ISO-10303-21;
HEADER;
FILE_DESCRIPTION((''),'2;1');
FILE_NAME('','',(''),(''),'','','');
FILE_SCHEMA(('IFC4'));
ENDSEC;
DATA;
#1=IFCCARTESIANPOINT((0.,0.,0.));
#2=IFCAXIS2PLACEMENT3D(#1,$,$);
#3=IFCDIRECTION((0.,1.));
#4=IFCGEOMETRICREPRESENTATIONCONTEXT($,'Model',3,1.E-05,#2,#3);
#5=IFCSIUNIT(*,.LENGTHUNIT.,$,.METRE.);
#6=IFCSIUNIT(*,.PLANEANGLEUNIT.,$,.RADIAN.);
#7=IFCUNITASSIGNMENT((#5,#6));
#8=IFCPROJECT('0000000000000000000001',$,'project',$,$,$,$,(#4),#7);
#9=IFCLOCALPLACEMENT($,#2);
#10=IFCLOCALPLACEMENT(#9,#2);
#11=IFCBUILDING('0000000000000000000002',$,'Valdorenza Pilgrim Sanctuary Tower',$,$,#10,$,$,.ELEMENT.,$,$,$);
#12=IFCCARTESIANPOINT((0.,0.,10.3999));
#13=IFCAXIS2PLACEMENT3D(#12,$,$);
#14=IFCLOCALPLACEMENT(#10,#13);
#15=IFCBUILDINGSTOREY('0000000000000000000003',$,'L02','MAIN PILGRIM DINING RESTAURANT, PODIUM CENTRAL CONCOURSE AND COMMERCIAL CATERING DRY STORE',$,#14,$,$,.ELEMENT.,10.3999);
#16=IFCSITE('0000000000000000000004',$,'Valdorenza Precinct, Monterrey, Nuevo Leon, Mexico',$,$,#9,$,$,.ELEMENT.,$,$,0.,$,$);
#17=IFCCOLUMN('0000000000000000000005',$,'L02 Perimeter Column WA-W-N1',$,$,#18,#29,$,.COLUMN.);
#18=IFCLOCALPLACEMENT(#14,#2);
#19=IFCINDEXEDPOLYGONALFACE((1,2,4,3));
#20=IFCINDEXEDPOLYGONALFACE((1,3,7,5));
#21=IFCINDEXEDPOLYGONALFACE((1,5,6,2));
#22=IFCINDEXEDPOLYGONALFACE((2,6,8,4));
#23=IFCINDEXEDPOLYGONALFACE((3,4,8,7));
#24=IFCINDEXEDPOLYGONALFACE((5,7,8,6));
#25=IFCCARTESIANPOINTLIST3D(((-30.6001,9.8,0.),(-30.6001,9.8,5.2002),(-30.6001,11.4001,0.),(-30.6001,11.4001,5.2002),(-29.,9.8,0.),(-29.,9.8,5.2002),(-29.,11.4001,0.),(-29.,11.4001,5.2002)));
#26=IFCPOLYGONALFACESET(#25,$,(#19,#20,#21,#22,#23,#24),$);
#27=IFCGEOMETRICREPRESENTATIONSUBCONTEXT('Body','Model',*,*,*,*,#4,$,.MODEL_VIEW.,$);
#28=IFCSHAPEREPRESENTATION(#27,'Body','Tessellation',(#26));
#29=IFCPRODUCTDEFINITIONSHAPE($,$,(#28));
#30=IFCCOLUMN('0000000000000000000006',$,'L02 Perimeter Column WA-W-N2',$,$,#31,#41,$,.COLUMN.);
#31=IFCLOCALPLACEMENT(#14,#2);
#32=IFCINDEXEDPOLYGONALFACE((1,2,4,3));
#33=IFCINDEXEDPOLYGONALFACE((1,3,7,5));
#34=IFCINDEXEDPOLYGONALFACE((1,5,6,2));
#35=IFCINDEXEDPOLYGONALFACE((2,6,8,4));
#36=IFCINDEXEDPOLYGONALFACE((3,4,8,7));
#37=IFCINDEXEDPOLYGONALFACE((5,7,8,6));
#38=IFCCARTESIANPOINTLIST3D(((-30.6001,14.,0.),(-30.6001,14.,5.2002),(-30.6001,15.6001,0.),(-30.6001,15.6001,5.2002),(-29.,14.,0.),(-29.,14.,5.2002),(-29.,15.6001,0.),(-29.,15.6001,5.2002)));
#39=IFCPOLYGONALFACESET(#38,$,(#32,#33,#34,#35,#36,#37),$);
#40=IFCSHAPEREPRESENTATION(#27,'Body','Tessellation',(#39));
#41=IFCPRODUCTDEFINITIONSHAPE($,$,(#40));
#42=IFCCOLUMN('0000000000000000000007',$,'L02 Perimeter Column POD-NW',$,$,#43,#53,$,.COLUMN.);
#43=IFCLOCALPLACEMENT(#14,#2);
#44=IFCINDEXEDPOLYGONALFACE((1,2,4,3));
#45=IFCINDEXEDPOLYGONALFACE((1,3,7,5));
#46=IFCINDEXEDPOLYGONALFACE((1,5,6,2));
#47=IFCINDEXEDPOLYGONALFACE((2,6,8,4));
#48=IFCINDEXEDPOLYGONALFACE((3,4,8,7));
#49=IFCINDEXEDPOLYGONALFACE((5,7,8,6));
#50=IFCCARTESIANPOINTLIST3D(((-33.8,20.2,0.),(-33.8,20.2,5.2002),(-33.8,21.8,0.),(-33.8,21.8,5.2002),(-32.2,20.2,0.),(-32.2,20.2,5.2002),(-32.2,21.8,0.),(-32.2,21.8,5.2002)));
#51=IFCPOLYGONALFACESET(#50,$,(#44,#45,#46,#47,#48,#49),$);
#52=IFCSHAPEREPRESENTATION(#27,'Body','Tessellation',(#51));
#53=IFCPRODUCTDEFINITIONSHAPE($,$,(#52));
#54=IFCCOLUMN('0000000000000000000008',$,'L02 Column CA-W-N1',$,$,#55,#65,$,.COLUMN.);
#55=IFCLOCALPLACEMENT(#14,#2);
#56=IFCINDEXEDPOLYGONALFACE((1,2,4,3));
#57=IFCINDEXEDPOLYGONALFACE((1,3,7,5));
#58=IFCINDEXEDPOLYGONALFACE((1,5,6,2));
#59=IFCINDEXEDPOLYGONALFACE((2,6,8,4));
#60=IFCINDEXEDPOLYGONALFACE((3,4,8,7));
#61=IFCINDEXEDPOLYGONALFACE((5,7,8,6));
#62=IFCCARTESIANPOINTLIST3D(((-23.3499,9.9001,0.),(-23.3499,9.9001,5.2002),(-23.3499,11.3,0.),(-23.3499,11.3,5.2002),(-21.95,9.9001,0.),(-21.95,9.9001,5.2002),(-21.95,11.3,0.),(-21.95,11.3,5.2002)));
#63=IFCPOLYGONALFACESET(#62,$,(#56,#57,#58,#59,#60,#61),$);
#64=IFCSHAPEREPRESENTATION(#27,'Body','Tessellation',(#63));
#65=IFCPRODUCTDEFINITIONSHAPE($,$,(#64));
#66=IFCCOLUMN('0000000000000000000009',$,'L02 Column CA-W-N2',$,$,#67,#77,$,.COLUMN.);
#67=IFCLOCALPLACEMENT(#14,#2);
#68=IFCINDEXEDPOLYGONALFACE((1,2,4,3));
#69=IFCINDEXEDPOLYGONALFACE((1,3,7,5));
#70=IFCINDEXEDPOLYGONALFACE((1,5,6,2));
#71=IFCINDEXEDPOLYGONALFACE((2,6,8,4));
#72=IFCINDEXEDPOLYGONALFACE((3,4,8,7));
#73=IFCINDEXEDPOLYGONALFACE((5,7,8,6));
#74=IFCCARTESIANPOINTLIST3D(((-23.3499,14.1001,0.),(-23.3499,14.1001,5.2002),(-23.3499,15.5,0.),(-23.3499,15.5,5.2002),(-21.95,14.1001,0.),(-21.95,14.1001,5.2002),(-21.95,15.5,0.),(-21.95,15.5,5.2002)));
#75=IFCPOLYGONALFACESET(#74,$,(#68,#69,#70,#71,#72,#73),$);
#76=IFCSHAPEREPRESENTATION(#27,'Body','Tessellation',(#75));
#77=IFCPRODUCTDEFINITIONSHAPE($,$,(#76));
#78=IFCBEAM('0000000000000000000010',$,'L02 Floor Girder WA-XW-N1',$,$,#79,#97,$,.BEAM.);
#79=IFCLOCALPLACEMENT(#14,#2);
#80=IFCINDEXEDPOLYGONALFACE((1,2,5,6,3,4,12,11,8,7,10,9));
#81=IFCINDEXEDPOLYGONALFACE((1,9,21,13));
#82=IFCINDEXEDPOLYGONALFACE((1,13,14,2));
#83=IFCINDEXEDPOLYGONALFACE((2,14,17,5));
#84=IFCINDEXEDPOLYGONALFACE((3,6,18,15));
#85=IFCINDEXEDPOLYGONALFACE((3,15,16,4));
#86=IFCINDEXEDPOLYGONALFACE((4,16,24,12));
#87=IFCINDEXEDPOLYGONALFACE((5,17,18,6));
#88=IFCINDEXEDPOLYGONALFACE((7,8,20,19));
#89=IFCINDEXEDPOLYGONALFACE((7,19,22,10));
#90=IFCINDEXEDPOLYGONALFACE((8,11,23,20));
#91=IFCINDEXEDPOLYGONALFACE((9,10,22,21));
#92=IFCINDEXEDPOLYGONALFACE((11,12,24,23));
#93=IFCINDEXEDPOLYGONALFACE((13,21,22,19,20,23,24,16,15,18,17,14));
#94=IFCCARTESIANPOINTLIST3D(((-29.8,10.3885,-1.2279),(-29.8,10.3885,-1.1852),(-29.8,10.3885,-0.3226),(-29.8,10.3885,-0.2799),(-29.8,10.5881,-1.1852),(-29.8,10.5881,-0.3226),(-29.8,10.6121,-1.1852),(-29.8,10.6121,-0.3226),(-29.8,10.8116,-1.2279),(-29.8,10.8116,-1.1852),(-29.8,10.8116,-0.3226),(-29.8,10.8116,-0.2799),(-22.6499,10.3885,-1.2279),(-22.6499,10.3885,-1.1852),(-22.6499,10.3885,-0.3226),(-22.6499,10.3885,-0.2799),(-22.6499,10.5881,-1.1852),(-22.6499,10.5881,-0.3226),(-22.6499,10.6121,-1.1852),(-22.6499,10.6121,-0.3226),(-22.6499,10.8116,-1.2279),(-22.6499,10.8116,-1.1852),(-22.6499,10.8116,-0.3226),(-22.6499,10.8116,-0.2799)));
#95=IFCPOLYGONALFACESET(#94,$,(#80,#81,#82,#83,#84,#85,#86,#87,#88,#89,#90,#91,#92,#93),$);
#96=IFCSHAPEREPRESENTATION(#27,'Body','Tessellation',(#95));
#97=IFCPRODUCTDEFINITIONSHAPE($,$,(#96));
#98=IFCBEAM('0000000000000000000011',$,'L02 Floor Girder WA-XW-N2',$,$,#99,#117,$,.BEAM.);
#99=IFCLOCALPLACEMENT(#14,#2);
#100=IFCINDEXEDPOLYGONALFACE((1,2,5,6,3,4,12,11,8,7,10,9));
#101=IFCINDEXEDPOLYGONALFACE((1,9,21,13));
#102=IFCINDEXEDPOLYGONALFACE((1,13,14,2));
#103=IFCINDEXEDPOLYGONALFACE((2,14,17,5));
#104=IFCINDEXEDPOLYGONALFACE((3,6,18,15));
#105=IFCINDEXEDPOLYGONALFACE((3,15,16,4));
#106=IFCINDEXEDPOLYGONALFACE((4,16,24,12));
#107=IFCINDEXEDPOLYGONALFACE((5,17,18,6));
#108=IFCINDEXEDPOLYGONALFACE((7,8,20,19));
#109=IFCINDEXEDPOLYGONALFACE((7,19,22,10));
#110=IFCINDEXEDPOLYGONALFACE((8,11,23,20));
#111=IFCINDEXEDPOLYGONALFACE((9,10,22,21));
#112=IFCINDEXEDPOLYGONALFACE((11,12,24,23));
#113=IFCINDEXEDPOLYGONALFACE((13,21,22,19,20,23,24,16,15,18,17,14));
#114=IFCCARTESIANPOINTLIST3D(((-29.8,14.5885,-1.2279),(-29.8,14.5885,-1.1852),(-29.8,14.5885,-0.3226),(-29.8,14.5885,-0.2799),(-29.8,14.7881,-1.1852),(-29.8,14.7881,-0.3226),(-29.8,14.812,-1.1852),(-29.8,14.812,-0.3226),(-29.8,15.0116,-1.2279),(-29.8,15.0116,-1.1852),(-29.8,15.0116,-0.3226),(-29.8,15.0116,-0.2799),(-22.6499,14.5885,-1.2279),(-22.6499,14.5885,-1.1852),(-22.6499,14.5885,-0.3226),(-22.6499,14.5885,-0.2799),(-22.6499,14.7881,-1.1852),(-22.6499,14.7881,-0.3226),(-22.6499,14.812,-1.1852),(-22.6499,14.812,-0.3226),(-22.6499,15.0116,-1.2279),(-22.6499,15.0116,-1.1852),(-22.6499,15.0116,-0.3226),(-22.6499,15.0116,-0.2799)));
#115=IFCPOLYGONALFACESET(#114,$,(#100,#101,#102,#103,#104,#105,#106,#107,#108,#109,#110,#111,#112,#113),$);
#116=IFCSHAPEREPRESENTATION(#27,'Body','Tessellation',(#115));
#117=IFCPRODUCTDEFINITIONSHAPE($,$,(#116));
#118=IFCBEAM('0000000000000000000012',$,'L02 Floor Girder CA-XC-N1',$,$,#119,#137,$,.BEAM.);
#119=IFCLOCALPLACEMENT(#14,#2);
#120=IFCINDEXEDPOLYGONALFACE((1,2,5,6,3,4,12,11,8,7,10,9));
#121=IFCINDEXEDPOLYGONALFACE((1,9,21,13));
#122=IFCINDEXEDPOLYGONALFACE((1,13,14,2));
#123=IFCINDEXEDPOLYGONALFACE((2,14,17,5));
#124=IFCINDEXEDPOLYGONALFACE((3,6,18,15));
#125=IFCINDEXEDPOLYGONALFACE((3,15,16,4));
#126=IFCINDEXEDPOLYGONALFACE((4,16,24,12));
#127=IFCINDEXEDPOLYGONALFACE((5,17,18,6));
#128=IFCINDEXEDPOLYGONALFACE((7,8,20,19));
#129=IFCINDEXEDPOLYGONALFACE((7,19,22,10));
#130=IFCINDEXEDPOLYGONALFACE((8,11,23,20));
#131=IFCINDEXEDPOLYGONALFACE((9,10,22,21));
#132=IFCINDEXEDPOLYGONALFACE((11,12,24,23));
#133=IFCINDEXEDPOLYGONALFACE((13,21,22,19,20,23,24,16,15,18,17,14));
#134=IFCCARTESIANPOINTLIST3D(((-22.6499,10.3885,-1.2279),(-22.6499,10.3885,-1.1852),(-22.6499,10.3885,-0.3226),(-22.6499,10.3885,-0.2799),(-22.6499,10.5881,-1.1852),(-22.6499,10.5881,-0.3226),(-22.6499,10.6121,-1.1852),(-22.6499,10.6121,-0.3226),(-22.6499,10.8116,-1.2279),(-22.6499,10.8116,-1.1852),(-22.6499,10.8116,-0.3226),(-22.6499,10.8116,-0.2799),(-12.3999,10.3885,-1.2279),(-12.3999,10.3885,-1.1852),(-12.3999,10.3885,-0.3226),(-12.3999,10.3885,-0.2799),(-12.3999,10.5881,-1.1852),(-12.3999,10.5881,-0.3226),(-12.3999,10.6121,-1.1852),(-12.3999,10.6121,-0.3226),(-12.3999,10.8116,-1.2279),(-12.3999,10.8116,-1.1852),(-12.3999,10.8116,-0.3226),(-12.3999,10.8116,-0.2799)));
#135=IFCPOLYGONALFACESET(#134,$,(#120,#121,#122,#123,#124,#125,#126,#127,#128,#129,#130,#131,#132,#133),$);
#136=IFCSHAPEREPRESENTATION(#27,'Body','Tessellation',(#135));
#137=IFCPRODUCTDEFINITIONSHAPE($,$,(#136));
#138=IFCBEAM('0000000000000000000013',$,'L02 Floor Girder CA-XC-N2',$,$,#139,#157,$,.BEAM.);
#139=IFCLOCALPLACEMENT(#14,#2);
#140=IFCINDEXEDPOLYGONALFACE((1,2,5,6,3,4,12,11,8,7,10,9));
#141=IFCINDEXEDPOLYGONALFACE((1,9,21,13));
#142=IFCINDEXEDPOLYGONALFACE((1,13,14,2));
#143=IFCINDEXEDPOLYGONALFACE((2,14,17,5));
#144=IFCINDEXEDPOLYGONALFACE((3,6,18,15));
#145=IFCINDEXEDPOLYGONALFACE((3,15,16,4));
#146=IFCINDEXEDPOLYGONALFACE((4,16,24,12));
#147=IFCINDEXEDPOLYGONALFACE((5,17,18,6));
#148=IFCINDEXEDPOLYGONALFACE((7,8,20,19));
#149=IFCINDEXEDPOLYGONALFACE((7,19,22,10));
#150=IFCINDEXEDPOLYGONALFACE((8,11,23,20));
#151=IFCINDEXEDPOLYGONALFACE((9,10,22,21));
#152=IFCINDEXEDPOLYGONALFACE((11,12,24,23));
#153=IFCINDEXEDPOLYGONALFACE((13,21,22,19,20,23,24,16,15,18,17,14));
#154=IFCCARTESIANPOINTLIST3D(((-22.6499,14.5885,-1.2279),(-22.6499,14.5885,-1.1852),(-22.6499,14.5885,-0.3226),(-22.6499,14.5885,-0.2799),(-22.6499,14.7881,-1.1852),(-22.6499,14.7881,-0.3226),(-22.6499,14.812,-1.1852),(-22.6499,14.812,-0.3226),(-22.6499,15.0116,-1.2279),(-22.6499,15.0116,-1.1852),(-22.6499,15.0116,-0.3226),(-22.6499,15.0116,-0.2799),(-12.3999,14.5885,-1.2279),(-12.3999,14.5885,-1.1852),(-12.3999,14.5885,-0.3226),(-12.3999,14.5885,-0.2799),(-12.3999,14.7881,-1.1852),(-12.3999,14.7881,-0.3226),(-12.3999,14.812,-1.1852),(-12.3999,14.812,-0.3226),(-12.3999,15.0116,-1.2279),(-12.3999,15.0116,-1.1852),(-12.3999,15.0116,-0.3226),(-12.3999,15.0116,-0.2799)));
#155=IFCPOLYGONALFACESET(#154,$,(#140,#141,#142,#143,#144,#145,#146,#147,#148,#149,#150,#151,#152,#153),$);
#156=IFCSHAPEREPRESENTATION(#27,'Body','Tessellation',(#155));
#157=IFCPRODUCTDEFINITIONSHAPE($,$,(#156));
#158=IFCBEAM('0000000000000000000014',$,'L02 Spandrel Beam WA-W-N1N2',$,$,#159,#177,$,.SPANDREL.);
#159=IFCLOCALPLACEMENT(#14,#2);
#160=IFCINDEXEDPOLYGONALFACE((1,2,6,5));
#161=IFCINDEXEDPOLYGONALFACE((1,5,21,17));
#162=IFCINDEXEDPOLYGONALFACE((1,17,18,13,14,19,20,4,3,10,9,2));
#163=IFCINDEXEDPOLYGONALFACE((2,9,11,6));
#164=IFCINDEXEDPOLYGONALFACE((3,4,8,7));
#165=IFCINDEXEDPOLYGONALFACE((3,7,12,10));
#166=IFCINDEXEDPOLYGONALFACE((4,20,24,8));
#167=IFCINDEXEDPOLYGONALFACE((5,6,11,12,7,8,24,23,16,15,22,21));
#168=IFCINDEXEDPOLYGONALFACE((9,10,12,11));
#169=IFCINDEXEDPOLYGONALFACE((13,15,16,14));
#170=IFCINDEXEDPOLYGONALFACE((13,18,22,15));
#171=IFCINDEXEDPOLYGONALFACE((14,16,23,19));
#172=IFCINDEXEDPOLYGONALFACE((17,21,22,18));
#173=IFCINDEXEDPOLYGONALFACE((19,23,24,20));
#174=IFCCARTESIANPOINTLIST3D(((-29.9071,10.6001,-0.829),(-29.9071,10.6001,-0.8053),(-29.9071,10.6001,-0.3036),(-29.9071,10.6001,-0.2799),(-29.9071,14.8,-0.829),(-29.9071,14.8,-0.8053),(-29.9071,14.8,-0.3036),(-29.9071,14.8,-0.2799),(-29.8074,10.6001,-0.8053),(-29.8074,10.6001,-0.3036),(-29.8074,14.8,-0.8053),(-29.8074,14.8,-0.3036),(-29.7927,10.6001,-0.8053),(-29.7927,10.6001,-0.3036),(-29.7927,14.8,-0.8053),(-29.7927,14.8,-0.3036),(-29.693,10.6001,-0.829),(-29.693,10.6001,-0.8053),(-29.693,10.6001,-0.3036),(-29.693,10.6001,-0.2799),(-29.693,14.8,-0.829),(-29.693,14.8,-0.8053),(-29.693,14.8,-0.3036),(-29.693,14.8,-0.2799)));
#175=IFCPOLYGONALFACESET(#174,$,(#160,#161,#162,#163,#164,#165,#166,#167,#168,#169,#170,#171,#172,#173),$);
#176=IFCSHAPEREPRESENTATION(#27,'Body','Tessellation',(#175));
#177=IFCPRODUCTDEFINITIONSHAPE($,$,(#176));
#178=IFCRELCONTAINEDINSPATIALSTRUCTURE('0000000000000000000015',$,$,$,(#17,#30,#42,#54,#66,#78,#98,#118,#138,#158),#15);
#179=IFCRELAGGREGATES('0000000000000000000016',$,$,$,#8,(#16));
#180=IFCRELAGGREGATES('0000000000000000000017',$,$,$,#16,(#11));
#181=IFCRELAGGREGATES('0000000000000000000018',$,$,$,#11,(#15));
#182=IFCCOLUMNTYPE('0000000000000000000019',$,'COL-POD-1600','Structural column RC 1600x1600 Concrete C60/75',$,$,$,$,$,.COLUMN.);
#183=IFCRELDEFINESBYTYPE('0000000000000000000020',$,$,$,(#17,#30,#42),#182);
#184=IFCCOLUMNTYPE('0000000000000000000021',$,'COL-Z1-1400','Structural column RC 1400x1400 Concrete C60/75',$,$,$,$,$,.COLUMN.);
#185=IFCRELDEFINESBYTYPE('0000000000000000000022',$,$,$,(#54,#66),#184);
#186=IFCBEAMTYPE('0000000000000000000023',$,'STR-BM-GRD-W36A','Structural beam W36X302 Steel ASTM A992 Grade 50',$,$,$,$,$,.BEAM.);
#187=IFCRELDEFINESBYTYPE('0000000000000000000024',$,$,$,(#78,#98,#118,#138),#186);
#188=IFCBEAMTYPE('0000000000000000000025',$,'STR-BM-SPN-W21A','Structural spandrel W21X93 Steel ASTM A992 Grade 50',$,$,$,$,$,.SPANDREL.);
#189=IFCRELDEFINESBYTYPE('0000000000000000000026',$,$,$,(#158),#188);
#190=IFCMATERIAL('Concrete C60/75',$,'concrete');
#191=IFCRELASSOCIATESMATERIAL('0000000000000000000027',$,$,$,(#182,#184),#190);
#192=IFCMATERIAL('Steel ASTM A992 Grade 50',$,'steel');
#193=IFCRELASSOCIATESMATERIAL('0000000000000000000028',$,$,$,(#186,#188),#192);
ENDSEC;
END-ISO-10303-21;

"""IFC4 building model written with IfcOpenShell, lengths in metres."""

from ifc_helpers import new_model, si_unit, direction, frame, origin, origin_2d, place, context, subcontext, project, spatial, rectangle, i_section, extrude, source, transform, mapped, material, material_profile, profile_set, type_object, element, save


model = new_model("IFC4")

# Units and contexts
model_context = context("Model", 3, precision=1e-05, world=origin(), true_north=direction((0.0, 1.0)))
body_context = subcontext(model_context, "Body", "Model", "MODEL_VIEW")
ifc_project = project(units=[si_unit("LENGTHUNIT", "METRE"), si_unit("PLANEANGLEUNIT", "RADIAN")], contexts=[model_context])

# Site, building, storey
site_placement = place(None, origin())
site = spatial("IfcSite", under=ifc_project, at=site_placement, Name="Valdorenza Precinct, Monterrey, Nuevo Leon, Mexico", CompositionType="ELEMENT", RefElevation=0.0)
building_placement = place(site_placement, origin())
building = spatial("IfcBuilding", under=site, at=building_placement, Name="Valdorenza Pilgrim Sanctuary Tower", CompositionType="ELEMENT")
storey_placement = place(building_placement, frame((0.0, 0.0, 10.3999)))
storey = spatial("IfcBuildingStorey", under=building, at=storey_placement, Name="L02", Description="MAIN PILGRIM DINING RESTAURANT, PODIUM CENTRAL CONCOURSE AND COMMERCIAL CATERING DRY STORE", CompositionType="ELEMENT", Elevation=10.3999)

# Columns
ifc_material_1 = material(Name="Concrete C60/75", Category="concrete")
ifc_material_profile_1 = material_profile(ifc_material_1, rectangle(XDim=1.6001, YDim=1.6001, at=origin_2d()), Name="RC 1600x1600")
ifc_profile_set_1 = profile_set([ifc_material_profile_1], Name="Concrete C60/75")
column_type_1 = type_object("IfcColumnType", Name="COL-POD-1600", Description="Structural column RC 1600x1600 Concrete C60/75", PredefinedType="COLUMN", material=ifc_profile_set_1)
shared_shape_1 = source(origin(), body_context, "Body", "SweptSolid", [
    extrude(rectangle(XDim=1.6001, YDim=1.6001, at=origin_2d()), origin(), (0.0, 0.0, 1.0), 5.2002),
])
for number, where, z_axis, x_axis, name in (
    (1, (-29.8, 10.6001, 0.0), (0.0, 0.0, 1.0), (1.0, 0.0, 0.0), "L02 Perimeter Column WA-W-N1"),
    (2, (-29.8, 14.8, 0.0), (0.0, 0.0, 1.0), (1.0, 0.0, 0.0), "L02 Perimeter Column WA-W-N2"),
    (3, (-33.0, 21.0, 0.0), (0.0, 0.0, 1.0), (1.0, 0.0, 0.0), "L02 Perimeter Column POD-NW"),
):
    element("IfcColumn", number, at=place(storey_placement, frame(where, z_axis=z_axis, x_axis=x_axis)), inside=storey, type_object=column_type_1, Name=name, PredefinedType="COLUMN", context=body_context, shape_type="MappedRepresentation", body=[
        mapped(shared_shape_1, transform((0.0, 0.0, 0.0), x_axis=(1.0, 0.0, 0.0), y_axis=(0.0, 1.0, 0.0), z_axis=(0.0, 0.0, 1.0), scale=1.0)),
    ])
ifc_material_profile_2 = material_profile(ifc_material_1, rectangle(XDim=1.3999, YDim=1.3999, at=origin_2d()), Name="RC 1400x1400")
ifc_profile_set_2 = profile_set([ifc_material_profile_2], Name="Concrete C60/75")
column_type_2 = type_object("IfcColumnType", Name="COL-Z1-1400", Description="Structural column RC 1400x1400 Concrete C60/75", PredefinedType="COLUMN", material=ifc_profile_set_2)
shared_shape_2 = source(origin(), body_context, "Body", "SweptSolid", [
    extrude(rectangle(XDim=1.3999, YDim=1.3999, at=origin_2d()), origin(), (0.0, 0.0, 1.0), 5.2002),
])
for number, where, z_axis, x_axis, name in (
    (4, (-22.6499, 10.6001, 0.0), (0.0, 0.0, 1.0), (1.0, 0.0, 0.0), "L02 Column CA-W-N1"),
    (5, (-22.6499, 14.8, 0.0), (0.0, 0.0, 1.0), (1.0, 0.0, 0.0), "L02 Column CA-W-N2"),
):
    element("IfcColumn", number, at=place(storey_placement, frame(where, z_axis=z_axis, x_axis=x_axis)), inside=storey, type_object=column_type_2, Name=name, PredefinedType="COLUMN", context=body_context, shape_type="MappedRepresentation", body=[
        mapped(shared_shape_2, transform((0.0, 0.0, 0.0), x_axis=(1.0, 0.0, 0.0), y_axis=(0.0, 1.0, 0.0), z_axis=(0.0, 0.0, 1.0), scale=1.0)),
    ])

# Beams
ifc_material_2 = material(Name="Steel ASTM A992 Grade 50", Category="steel")
ifc_material_profile_3 = material_profile(ifc_material_2, i_section(OverallWidth=0.4231, OverallDepth=0.948, WebThickness=0.0239, FlangeThickness=0.0427, at=origin_2d()), Name="W36X302")
ifc_profile_set_3 = profile_set([ifc_material_profile_3], Name="Steel ASTM A992 Grade 50")
beam_type_1 = type_object("IfcBeamType", Name="STR-BM-GRD-W36A", Description="Structural beam W36X302 Steel ASTM A992 Grade 50", PredefinedType="BEAM", material=ifc_profile_set_3)
shared_shape_3 = source(origin(), body_context, "Body", "SweptSolid", [
    extrude(i_section(OverallWidth=0.4231, OverallDepth=0.948, WebThickness=0.0239, FlangeThickness=0.0427, at=origin_2d()), origin(), (0.0, 0.0, 1.0), 7.1501),
])
for number, where, z_axis, x_axis, name in (
    (6, (-29.8, 10.6001, -0.7539), (1.0, 0.0, 0.0), (0.0, 1.0, 0.0), "L02 Floor Girder WA-XW-N1"),
    (7, (-29.8, 14.8, -0.7539), (1.0, 0.0, 0.0), (0.0, 1.0, 0.0), "L02 Floor Girder WA-XW-N2"),
):
    element("IfcBeam", number, at=place(storey_placement, frame(where, z_axis=z_axis, x_axis=x_axis)), inside=storey, type_object=beam_type_1, Name=name, PredefinedType="BEAM", context=body_context, shape_type="MappedRepresentation", body=[
        mapped(shared_shape_3, transform((0.0, 0.0, 0.0), x_axis=(1.0, 0.0, 0.0), y_axis=(0.0, 1.0, 0.0), z_axis=(0.0, 0.0, 1.0), scale=1.0)),
    ])
shared_shape_4 = source(origin(), body_context, "Body", "SweptSolid", [
    extrude(i_section(OverallWidth=0.4231, OverallDepth=0.948, WebThickness=0.0239, FlangeThickness=0.0427, at=origin_2d()), origin(), (0.0, 0.0, 1.0), 10.25),
])
for number, where, z_axis, x_axis, name in (
    (8, (-22.6499, 10.6001, -0.7539), (1.0, 0.0, 0.0), (0.0, 1.0, 0.0), "L02 Floor Girder CA-XC-N1"),
    (9, (-22.6499, 14.8, -0.7539), (1.0, 0.0, 0.0), (0.0, 1.0, 0.0), "L02 Floor Girder CA-XC-N2"),
):
    element("IfcBeam", number, at=place(storey_placement, frame(where, z_axis=z_axis, x_axis=x_axis)), inside=storey, type_object=beam_type_1, Name=name, PredefinedType="BEAM", context=body_context, shape_type="MappedRepresentation", body=[
        mapped(shared_shape_4, transform((0.0, 0.0, 0.0), x_axis=(1.0, 0.0, 0.0), y_axis=(0.0, 1.0, 0.0), z_axis=(0.0, 0.0, 1.0), scale=1.0)),
    ])
ifc_material_profile_4 = material_profile(ifc_material_2, i_section(OverallWidth=0.2141, OverallDepth=0.5491, WebThickness=0.0146, FlangeThickness=0.0237, at=origin_2d()), Name="W21X93")
ifc_profile_set_4 = profile_set([ifc_material_profile_4], Name="Steel ASTM A992 Grade 50")
beam_type_2 = type_object("IfcBeamType", Name="STR-BM-SPN-W21A", Description="Structural spandrel W21X93 Steel ASTM A992 Grade 50", PredefinedType="SPANDREL", material=ifc_profile_set_4)
shared_shape_5 = source(origin(), body_context, "Body", "SweptSolid", [
    extrude(i_section(OverallWidth=0.2141, OverallDepth=0.5491, WebThickness=0.0146, FlangeThickness=0.0237, at=origin_2d()), origin(), (0.0, 0.0, 1.0), 4.2),
])
beam_1_placement = place(storey_placement, frame((-29.8, 10.6001, -0.5544), z_axis=(0.0, 1.0, 0.0), x_axis=(-1.0, 0.0, 0.0)))
element("IfcBeam", 10, at=beam_1_placement, inside=storey, type_object=beam_type_2, Name="L02 Spandrel Beam WA-W-N1N2", PredefinedType="SPANDREL", context=body_context, shape_type="MappedRepresentation", body=[
    mapped(shared_shape_5, transform((0.0, 0.0, 0.0), x_axis=(1.0, 0.0, 0.0), y_axis=(0.0, 1.0, 0.0), z_axis=(0.0, 0.0, 1.0), scale=1.0)),
])

save(model, "model.ifc")
